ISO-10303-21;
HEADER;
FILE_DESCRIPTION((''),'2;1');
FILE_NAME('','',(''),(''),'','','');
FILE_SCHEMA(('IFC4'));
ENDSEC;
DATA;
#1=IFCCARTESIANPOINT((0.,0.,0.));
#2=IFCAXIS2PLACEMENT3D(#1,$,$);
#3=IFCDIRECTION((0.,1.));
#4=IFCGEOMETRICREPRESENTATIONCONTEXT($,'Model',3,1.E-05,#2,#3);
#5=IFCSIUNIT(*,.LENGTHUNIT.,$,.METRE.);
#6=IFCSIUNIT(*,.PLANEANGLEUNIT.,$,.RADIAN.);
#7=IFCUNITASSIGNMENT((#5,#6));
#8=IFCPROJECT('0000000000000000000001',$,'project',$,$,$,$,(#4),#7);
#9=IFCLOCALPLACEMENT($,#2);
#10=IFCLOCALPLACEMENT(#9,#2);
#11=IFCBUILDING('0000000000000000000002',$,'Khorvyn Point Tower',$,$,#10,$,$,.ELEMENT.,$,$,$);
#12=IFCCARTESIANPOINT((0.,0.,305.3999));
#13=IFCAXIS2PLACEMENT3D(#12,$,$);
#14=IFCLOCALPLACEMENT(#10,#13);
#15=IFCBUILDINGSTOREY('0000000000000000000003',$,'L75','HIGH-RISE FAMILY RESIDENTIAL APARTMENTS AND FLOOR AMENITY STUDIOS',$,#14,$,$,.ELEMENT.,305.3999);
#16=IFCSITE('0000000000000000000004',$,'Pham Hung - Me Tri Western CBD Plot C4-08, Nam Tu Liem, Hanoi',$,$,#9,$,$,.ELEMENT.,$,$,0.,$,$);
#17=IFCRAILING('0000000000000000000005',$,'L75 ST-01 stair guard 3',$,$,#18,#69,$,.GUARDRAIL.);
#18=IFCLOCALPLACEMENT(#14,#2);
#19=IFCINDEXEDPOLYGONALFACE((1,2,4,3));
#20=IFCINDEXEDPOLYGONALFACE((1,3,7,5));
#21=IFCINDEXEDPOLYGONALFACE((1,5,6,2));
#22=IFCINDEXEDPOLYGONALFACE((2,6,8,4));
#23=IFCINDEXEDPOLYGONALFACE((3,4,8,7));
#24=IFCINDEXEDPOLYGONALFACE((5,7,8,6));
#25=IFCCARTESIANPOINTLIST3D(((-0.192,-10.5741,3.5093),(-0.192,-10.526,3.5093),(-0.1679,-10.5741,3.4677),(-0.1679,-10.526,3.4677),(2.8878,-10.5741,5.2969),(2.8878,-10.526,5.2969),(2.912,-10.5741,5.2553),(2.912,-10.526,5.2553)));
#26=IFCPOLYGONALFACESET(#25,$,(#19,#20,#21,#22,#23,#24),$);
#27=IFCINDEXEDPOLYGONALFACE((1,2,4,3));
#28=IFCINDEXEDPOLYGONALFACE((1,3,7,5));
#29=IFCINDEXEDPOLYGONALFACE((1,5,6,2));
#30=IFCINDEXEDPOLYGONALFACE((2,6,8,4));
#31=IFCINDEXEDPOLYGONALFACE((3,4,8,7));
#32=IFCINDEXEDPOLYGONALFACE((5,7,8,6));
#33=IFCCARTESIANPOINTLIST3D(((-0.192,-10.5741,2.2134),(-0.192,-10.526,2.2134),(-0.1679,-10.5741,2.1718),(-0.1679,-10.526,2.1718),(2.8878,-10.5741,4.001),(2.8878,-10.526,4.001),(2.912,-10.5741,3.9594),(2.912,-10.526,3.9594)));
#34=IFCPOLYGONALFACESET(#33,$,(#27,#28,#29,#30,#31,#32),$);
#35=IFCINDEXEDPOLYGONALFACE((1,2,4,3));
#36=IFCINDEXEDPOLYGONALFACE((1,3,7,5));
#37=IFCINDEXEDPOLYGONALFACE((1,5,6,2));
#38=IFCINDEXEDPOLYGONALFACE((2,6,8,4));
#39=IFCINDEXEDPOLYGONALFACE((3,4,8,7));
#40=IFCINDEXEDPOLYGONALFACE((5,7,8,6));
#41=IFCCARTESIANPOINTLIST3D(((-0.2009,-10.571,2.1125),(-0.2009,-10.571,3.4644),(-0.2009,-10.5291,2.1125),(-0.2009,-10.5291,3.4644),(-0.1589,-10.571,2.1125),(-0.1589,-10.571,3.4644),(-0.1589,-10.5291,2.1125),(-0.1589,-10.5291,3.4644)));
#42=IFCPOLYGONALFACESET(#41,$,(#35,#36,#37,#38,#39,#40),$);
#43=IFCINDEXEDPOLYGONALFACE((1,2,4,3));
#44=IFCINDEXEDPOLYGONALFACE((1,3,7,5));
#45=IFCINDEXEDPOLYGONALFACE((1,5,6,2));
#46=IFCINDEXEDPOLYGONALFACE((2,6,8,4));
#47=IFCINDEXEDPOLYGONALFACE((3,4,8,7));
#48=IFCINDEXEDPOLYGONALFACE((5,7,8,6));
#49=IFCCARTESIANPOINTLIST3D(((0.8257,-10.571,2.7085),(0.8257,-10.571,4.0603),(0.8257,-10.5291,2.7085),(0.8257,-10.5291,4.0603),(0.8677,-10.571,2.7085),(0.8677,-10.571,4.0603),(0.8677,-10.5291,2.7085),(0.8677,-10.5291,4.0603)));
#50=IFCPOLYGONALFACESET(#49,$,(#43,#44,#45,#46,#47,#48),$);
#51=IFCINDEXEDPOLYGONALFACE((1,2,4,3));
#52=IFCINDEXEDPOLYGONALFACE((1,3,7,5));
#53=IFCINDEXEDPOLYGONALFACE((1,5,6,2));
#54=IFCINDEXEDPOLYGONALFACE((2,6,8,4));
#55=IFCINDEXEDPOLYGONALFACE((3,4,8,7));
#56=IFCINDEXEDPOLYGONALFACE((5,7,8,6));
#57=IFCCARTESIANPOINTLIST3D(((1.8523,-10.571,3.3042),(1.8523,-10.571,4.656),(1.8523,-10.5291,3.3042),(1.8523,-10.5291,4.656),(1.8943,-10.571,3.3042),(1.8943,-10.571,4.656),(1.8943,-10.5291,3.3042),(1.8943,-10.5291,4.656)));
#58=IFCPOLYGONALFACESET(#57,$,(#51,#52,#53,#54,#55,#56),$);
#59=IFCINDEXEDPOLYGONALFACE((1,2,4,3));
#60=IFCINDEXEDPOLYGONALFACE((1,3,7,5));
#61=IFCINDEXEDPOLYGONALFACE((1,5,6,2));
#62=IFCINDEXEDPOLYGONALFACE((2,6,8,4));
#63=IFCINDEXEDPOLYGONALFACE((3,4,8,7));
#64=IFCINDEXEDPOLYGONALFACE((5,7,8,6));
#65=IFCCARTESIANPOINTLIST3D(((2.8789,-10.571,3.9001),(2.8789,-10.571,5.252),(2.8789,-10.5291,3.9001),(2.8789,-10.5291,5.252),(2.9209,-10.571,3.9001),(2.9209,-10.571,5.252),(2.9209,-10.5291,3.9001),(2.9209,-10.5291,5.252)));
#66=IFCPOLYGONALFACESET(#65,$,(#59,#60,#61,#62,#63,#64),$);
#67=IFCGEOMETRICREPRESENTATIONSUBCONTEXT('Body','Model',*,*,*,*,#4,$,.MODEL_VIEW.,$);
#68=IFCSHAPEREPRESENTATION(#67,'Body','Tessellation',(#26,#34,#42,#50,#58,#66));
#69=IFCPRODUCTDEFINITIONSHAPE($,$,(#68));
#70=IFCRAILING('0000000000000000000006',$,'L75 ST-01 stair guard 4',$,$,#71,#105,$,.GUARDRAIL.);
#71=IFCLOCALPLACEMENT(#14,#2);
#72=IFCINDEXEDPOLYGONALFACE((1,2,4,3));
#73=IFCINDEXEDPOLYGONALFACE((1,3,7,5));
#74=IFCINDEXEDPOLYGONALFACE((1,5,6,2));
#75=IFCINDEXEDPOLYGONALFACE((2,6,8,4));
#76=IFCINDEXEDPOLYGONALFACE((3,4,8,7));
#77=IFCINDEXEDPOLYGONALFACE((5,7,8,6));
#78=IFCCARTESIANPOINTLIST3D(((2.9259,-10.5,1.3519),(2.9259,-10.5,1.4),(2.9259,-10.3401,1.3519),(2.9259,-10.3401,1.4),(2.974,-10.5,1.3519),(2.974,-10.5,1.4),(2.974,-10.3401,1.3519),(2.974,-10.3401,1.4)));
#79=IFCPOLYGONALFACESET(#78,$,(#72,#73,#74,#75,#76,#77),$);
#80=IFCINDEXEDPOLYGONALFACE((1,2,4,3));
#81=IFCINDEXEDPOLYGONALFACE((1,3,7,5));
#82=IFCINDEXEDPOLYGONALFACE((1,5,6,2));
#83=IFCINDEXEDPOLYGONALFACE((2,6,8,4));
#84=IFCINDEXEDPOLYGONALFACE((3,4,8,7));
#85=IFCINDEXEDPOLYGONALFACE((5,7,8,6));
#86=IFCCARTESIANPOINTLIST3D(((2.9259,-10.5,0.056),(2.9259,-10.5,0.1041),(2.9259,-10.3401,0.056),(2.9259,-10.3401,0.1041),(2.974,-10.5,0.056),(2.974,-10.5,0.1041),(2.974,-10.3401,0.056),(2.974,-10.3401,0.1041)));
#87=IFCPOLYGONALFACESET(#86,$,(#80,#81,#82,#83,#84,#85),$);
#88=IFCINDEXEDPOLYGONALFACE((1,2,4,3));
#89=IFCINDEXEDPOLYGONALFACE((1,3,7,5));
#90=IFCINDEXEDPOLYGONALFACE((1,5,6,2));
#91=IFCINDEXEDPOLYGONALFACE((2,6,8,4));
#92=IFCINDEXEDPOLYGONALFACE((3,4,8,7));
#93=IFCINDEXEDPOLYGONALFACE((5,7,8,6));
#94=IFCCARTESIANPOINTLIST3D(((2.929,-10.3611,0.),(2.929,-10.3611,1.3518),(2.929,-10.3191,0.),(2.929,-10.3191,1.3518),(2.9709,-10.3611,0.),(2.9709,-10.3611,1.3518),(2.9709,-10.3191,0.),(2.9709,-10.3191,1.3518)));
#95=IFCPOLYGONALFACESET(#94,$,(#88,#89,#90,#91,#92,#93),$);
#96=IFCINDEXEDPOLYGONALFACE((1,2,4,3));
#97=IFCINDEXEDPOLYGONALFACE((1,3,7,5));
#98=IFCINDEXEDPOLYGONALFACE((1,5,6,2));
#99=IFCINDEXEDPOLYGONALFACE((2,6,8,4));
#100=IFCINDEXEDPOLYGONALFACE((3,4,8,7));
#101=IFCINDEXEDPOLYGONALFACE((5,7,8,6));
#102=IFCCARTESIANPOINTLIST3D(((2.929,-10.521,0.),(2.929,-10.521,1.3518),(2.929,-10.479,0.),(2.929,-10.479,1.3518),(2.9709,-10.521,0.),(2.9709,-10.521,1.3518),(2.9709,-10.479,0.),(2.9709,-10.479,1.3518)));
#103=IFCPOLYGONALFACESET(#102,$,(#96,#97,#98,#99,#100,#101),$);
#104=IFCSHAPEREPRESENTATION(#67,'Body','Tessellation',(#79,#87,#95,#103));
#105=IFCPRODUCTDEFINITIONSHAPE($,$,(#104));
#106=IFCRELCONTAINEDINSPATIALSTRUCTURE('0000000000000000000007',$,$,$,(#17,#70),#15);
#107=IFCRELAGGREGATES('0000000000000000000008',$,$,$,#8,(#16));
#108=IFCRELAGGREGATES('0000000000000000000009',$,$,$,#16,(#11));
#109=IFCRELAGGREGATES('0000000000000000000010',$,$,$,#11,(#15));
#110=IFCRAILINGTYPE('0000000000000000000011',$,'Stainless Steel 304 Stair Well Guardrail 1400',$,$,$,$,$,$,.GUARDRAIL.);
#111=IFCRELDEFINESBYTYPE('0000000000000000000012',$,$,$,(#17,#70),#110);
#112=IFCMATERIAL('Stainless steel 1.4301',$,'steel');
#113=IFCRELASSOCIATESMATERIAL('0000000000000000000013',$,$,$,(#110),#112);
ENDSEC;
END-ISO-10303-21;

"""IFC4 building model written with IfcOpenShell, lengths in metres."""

from ifc_helpers import new_model, si_unit, direction, frame, origin, origin_2d, place, context, subcontext, project, spatial, rectangle, extrude, material, type_object, element, save


model = new_model("IFC4")

# Units and contexts
model_context = context("Model", 3, precision=1e-05, world=origin(), true_north=direction((0.0, 1.0)))
body_context = subcontext(model_context, "Body", "Model", "MODEL_VIEW")
ifc_project = project(units=[si_unit("LENGTHUNIT", "METRE"), si_unit("PLANEANGLEUNIT", "RADIAN")], contexts=[model_context])

# Site, building, storey
site_placement = place(None, origin())
site = spatial("IfcSite", under=ifc_project, at=site_placement, Name="Pham Hung - Me Tri Western CBD Plot C4-08, Nam Tu Liem, Hanoi", CompositionType="ELEMENT", RefElevation=0.0)
building_placement = place(site_placement, origin())
building = spatial("IfcBuilding", under=site, at=building_placement, Name="Khorvyn Point Tower", CompositionType="ELEMENT")
storey_placement = place(building_placement, frame((0.0, 0.0, 305.3999)))
storey = spatial("IfcBuildingStorey", under=building, at=storey_placement, Name="L75", Description="HIGH-RISE FAMILY RESIDENTIAL APARTMENTS AND FLOOR AMENITY STUDIOS", CompositionType="ELEMENT", Elevation=305.3999)

# Shared definitions
ifc_material_1 = material(Name="Stainless steel 1.4301", Category="steel")

# Railings
railing_type_1 = type_object("IfcRailingType", Name="Stainless Steel 304 Stair Well Guardrail 1400", PredefinedType="GUARDRAIL", material=ifc_material_1)
railing_1_placement = place(storey_placement, frame((-0.1799, -10.55, 2.1125)))
element("IfcRailing", 1, at=railing_1_placement, inside=storey, type_object=railing_type_1, Name="L75 ST-01 stair guard 3", PredefinedType="GUARDRAIL", context=body_context, shape_type="SweptSolid", body=[
    extrude(rectangle(XDim=0.0481, YDim=0.0481, at=origin_2d()), frame((0.0, 0.0, 1.376), z_axis=(0.864873, 0.0, 0.50199), x_axis=(0.0, 1.0, 0.0)), (0.0, 0.0, 1.0), 3.561),
    extrude(rectangle(XDim=0.0481, YDim=0.0481, at=origin_2d()), frame((0.0, 0.0, 0.0801), z_axis=(0.864873, 0.0, 0.50199), x_axis=(0.0, 1.0, 0.0)), (0.0, 0.0, 1.0), 3.561),
    extrude(rectangle(XDim=0.042, YDim=0.042, at=origin_2d()), origin(), (0.0, 0.0, 1.0), 1.3518),
    extrude(rectangle(XDim=0.042, YDim=0.042, at=origin_2d()), frame((1.0266, 0.0, 0.5959)), (0.0, 0.0, 1.0), 1.3518),
    extrude(rectangle(XDim=0.042, YDim=0.042, at=origin_2d()), frame((2.0532, 0.0, 1.1917)), (0.0, 0.0, 1.0), 1.3518),
    extrude(rectangle(XDim=0.042, YDim=0.042, at=origin_2d()), frame((3.0798, 0.0, 1.7876)), (0.0, 0.0, 1.0), 1.3518),
])
railing_2_placement = place(storey_placement, frame((2.95, -10.3401, 0.0)))
element("IfcRailing", 2, at=railing_2_placement, inside=storey, type_object=railing_type_1, Name="L75 ST-01 stair guard 4", PredefinedType="GUARDRAIL", context=body_context, shape_type="SweptSolid", body=[
    extrude(rectangle(XDim=0.0481, YDim=0.0481, at=origin_2d()), frame((0.0, 0.0, 1.376), z_axis=(0.0, -1.0, 0.0), x_axis=(1.0, 0.0, 0.0)), (0.0, 0.0, 1.0), 0.1599),
    extrude(rectangle(XDim=0.0481, YDim=0.0481, at=origin_2d()), frame((0.0, 0.0, 0.0801), z_axis=(0.0, -1.0, 0.0), x_axis=(1.0, 0.0, 0.0)), (0.0, 0.0, 1.0), 0.1599),
    extrude(rectangle(XDim=0.042, YDim=0.042, at=origin_2d()), origin(), (0.0, 0.0, 1.0), 1.3518),
    extrude(rectangle(XDim=0.042, YDim=0.042, at=origin_2d()), frame((0.0, -0.1599, 0.0)), (0.0, 0.0, 1.0), 1.3518),
])

save(model, "model.ifc")
